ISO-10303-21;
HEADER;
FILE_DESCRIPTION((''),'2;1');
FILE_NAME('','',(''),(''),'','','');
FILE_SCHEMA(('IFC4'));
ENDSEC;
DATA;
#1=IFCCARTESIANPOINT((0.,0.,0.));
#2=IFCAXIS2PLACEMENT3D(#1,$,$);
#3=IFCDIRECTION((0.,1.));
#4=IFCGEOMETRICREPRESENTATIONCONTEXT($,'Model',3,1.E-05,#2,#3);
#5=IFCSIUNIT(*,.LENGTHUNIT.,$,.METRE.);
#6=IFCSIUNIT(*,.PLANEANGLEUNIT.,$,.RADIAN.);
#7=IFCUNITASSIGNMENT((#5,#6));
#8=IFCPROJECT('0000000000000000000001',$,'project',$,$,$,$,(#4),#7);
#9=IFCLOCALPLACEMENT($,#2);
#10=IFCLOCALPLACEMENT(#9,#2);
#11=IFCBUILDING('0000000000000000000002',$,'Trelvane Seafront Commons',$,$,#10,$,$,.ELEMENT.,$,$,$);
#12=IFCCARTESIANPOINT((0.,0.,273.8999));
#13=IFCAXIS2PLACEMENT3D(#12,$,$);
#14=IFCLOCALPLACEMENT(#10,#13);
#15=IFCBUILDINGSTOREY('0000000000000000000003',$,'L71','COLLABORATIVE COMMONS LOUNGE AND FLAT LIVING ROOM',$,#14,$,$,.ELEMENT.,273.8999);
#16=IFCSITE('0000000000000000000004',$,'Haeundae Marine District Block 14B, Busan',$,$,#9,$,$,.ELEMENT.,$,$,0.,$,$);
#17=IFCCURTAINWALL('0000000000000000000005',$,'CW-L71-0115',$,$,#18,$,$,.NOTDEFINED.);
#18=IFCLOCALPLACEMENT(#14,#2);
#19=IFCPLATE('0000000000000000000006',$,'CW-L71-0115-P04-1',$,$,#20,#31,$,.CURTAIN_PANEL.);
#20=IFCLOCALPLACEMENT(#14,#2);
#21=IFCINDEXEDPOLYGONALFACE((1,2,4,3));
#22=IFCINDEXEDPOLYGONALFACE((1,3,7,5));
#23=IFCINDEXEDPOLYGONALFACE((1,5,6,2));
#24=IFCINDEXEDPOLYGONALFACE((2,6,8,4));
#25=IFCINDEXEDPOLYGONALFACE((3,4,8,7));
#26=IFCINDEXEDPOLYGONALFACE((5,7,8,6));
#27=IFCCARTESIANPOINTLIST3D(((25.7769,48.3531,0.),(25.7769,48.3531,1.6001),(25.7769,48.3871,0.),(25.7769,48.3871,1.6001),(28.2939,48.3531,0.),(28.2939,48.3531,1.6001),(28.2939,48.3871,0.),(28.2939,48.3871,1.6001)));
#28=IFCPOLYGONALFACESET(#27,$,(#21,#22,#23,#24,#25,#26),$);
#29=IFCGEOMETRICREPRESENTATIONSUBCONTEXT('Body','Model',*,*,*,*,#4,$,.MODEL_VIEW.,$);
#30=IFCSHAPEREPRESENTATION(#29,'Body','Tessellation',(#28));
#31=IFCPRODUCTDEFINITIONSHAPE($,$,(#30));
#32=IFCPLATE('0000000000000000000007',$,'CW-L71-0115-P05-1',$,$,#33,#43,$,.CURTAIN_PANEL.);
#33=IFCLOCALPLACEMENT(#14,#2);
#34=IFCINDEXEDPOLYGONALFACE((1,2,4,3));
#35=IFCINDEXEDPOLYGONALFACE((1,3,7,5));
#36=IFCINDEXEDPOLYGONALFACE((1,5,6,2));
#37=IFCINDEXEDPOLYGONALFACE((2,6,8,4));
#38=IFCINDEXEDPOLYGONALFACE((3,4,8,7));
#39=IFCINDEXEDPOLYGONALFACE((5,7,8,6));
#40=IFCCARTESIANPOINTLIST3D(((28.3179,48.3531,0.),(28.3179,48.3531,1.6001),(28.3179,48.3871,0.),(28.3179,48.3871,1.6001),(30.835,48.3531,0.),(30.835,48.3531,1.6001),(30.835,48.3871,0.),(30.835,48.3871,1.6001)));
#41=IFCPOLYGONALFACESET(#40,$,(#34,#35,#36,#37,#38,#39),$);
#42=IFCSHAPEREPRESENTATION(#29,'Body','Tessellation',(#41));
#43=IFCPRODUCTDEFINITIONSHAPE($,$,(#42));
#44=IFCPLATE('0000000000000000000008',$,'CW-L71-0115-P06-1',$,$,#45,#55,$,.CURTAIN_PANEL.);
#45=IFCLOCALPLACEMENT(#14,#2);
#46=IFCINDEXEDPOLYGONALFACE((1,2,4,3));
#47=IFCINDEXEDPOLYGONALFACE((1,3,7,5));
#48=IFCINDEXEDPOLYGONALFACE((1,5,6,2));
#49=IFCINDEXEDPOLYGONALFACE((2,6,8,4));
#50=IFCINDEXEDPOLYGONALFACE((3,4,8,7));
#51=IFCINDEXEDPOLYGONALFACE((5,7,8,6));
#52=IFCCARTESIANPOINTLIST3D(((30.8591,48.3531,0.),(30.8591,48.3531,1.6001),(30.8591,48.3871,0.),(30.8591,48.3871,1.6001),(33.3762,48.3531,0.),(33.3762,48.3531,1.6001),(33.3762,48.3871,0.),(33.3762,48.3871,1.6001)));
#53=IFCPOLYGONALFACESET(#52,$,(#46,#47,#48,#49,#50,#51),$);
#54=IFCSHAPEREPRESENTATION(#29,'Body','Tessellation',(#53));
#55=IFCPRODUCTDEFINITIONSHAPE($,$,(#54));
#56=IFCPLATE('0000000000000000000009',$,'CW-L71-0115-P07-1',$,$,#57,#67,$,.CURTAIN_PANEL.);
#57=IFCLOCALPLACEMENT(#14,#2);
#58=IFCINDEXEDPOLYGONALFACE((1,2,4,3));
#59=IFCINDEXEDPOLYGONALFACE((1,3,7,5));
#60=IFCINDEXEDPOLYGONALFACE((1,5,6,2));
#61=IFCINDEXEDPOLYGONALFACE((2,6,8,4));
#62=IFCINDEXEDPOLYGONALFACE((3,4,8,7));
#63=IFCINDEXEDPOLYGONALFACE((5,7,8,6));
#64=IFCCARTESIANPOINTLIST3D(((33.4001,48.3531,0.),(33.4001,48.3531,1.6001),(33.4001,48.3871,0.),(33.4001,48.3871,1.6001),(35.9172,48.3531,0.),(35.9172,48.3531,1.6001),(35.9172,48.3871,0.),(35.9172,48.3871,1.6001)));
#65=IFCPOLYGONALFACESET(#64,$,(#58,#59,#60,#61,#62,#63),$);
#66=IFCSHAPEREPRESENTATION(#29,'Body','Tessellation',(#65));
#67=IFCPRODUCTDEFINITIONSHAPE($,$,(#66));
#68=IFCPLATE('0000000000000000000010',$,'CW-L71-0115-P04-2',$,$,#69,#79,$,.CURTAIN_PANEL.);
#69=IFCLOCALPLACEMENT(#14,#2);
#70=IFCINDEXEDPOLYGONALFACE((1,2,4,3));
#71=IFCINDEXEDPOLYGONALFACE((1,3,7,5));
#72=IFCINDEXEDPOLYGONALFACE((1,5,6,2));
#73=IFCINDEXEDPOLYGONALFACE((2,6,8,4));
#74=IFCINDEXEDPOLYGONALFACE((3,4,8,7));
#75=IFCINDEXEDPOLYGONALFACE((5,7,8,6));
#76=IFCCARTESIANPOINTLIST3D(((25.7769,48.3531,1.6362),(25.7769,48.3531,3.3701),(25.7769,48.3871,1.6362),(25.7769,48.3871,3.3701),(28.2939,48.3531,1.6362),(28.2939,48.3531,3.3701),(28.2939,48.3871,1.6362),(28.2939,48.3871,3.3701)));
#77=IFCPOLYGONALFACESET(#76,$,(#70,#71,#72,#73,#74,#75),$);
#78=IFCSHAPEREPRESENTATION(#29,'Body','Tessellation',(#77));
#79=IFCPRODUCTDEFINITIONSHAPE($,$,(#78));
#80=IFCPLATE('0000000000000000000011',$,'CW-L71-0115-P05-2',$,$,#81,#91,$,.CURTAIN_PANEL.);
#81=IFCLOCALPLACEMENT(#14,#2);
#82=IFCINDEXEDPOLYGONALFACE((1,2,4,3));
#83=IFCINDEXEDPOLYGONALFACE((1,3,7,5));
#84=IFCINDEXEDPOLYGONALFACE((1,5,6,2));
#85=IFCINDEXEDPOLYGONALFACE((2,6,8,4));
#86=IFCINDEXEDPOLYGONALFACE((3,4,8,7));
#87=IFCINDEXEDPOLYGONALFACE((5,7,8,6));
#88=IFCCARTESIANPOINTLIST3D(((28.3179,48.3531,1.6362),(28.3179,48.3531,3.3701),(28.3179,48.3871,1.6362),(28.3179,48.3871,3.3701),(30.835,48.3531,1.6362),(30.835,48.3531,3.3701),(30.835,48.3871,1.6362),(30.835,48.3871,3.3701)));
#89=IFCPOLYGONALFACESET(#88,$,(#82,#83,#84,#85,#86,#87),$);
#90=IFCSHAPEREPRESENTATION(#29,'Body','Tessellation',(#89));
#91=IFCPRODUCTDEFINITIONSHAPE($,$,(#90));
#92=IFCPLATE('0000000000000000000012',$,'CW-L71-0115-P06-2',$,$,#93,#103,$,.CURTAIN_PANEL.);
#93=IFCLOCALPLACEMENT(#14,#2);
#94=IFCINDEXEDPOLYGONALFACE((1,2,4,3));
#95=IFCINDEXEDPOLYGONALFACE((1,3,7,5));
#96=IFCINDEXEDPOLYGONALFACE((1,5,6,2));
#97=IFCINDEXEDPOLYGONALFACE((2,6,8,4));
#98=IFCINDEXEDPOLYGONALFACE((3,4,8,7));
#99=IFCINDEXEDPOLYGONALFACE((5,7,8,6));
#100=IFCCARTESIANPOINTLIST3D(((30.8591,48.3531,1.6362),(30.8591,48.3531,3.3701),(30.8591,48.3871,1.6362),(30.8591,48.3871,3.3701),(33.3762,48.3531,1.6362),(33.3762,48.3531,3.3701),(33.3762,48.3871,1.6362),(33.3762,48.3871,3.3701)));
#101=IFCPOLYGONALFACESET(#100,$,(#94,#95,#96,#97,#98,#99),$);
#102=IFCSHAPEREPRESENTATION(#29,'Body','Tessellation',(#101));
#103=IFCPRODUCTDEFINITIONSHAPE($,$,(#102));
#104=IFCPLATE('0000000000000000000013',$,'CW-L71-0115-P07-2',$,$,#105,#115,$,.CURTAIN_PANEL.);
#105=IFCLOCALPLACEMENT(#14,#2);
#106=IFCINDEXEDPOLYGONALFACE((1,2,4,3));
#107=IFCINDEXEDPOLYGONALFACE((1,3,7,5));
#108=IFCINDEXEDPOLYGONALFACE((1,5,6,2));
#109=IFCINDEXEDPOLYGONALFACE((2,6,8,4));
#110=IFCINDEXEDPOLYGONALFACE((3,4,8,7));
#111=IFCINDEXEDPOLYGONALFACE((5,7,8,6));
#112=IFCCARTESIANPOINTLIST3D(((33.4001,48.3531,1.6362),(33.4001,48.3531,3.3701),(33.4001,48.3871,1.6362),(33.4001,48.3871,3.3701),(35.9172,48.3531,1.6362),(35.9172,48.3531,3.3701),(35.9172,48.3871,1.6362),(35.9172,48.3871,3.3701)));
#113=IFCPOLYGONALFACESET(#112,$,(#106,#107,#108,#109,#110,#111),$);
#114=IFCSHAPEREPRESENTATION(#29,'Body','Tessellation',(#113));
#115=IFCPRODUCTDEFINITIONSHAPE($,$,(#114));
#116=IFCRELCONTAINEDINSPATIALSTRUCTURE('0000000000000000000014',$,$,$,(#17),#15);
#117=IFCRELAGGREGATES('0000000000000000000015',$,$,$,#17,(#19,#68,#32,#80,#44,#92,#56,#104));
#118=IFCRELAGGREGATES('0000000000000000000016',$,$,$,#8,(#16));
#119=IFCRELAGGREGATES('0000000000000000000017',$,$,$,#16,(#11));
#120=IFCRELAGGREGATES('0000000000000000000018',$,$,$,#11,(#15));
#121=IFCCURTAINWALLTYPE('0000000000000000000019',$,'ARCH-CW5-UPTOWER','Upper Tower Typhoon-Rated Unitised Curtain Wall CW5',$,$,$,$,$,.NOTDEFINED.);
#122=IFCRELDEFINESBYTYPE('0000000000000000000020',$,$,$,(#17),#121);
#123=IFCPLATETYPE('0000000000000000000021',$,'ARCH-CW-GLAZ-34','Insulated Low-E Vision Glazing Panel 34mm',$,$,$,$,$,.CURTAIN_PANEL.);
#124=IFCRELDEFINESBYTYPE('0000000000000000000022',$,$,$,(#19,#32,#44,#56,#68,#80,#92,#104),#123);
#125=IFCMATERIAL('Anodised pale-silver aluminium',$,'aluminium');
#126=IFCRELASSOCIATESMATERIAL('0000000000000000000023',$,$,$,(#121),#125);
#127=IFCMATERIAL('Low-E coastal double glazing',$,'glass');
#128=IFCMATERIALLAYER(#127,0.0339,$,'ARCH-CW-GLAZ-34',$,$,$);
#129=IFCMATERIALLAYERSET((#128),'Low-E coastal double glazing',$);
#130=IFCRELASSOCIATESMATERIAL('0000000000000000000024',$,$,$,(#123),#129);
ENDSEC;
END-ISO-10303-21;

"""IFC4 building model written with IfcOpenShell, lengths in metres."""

from ifc_helpers import new_model, si_unit, direction, frame, origin, origin_2d, place, context, subcontext, project, spatial, rectangle, extrude, source, transform, mapped, material, layer, layer_set, type_object, element, aggregate, save


model = new_model("IFC4")

# Units and contexts
model_context = context("Model", 3, precision=1e-05, world=origin(), true_north=direction((0.0, 1.0)))
body_context = subcontext(model_context, "Body", "Model", "MODEL_VIEW")
ifc_project = project(units=[si_unit("LENGTHUNIT", "METRE"), si_unit("PLANEANGLEUNIT", "RADIAN")], contexts=[model_context])

# Site, building, storey
site_placement = place(None, origin())
site = spatial("IfcSite", under=ifc_project, at=site_placement, Name="Haeundae Marine District Block 14B, Busan", CompositionType="ELEMENT", RefElevation=0.0)
building_placement = place(site_placement, origin())
building = spatial("IfcBuilding", under=site, at=building_placement, Name="Trelvane Seafront Commons", CompositionType="ELEMENT")
storey_placement = place(building_placement, frame((0.0, 0.0, 273.8999)))
storey = spatial("IfcBuildingStorey", under=building, at=storey_placement, Name="L71", Description="COLLABORATIVE COMMONS LOUNGE AND FLAT LIVING ROOM", CompositionType="ELEMENT", Elevation=273.8999)

# Curtain wall
ifc_material_1 = material(Name="Anodised pale-silver aluminium", Category="aluminium")
curtain_wall_type = type_object("IfcCurtainWallType", Name="ARCH-CW5-UPTOWER", Description="Upper Tower Typhoon-Rated Unitised Curtain Wall CW5", PredefinedType="NOTDEFINED", material=ifc_material_1)
curtain_wall_placement = place(storey_placement, origin())
curtain_wall = element("IfcCurtainWall", 1, at=curtain_wall_placement, inside=storey, type_object=curtain_wall_type, Name="CW-L71-0115", PredefinedType="NOTDEFINED")

# Plates
ifc_material_2 = material(Name="Low-E coastal double glazing", Category="glass")
ifc_layer_1 = layer(ifc_material_2, 0.0339, Name="ARCH-CW-GLAZ-34")
ifc_layer_set_1 = layer_set([ifc_layer_1], Name="Low-E coastal double glazing")
plate_type_1 = type_object("IfcPlateType", Name="ARCH-CW-GLAZ-34", Description="Insulated Low-E Vision Glazing Panel 34mm", PredefinedType="CURTAIN_PANEL", material=ifc_layer_set_1)
shared_shape_1 = source(origin(), body_context, "Body", "SweptSolid", [
    extrude(rectangle(XDim=2.5171, YDim=0.0339, at=origin_2d()), origin(), (0.0, 0.0, 1.0), 1.6001),
])
plate_1_placement = place(storey_placement, frame((27.0354, 48.3701, 0.0), z_axis=(0.0, 0.0, 1.0), x_axis=(1.0, 0.0, 0.0)))
plate_1 = element("IfcPlate", 2, at=plate_1_placement, type_object=plate_type_1, Name="CW-L71-0115-P04-1", PredefinedType="CURTAIN_PANEL", context=body_context, shape_type="MappedRepresentation", body=[
    mapped(shared_shape_1, transform((0.0, 0.0, 0.0), x_axis=(1.0, 0.0, 0.0), y_axis=(0.0, 1.0, 0.0), z_axis=(0.0, 0.0, 1.0), scale=1.0)),
])
plate_2_placement = place(storey_placement, frame((29.5764, 48.3701, 0.0), z_axis=(0.0, 0.0, 1.0), x_axis=(1.0, 0.0, 0.0)))
plate_2 = element("IfcPlate", 3, at=plate_2_placement, type_object=plate_type_1, Name="CW-L71-0115-P05-1", PredefinedType="CURTAIN_PANEL", context=body_context, shape_type="MappedRepresentation", body=[
    mapped(shared_shape_1, transform((0.0, 0.0, 0.0), x_axis=(1.0, 0.0, 0.0), y_axis=(0.0, 1.0, 0.0), z_axis=(0.0, 0.0, 1.0), scale=1.0)),
])
plate_3_placement = place(storey_placement, frame((32.1177, 48.3701, 0.0), z_axis=(0.0, 0.0, 1.0), x_axis=(1.0, 0.0, 0.0)))
plate_3 = element("IfcPlate", 4, at=plate_3_placement, type_object=plate_type_1, Name="CW-L71-0115-P06-1", PredefinedType="CURTAIN_PANEL", context=body_context, shape_type="MappedRepresentation", body=[
    mapped(shared_shape_1, transform((0.0, 0.0, 0.0), x_axis=(1.0, 0.0, 0.0), y_axis=(0.0, 1.0, 0.0), z_axis=(0.0, 0.0, 1.0), scale=1.0)),
])
plate_4_placement = place(storey_placement, frame((34.6587, 48.3701, 0.0), z_axis=(0.0, 0.0, 1.0), x_axis=(1.0, 0.0, 0.0)))
plate_4 = element("IfcPlate", 5, at=plate_4_placement, type_object=plate_type_1, Name="CW-L71-0115-P07-1", PredefinedType="CURTAIN_PANEL", context=body_context, shape_type="MappedRepresentation", body=[
    mapped(shared_shape_1, transform((0.0, 0.0, 0.0), x_axis=(1.0, 0.0, 0.0), y_axis=(0.0, 1.0, 0.0), z_axis=(0.0, 0.0, 1.0), scale=1.0)),
])
shared_shape_2 = source(origin(), body_context, "Body", "SweptSolid", [
    extrude(rectangle(XDim=2.5171, YDim=0.0339, at=origin_2d()), origin(), (0.0, 0.0, 1.0), 1.7339),
])
plate_5_placement = place(storey_placement, frame((27.0354, 48.3701, 1.6362), z_axis=(0.0, 0.0, 1.0), x_axis=(1.0, 0.0, 0.0)))
plate_5 = element("IfcPlate", 6, at=plate_5_placement, type_object=plate_type_1, Name="CW-L71-0115-P04-2", PredefinedType="CURTAIN_PANEL", context=body_context, shape_type="MappedRepresentation", body=[
    mapped(shared_shape_2, transform((0.0, 0.0, 0.0), x_axis=(1.0, 0.0, 0.0), y_axis=(0.0, 1.0, 0.0), z_axis=(0.0, 0.0, 1.0), scale=1.0)),
])
plate_6_placement = place(storey_placement, frame((29.5764, 48.3701, 1.6362), z_axis=(0.0, 0.0, 1.0), x_axis=(1.0, 0.0, 0.0)))
plate_6 = element("IfcPlate", 7, at=plate_6_placement, type_object=plate_type_1, Name="CW-L71-0115-P05-2", PredefinedType="CURTAIN_PANEL", context=body_context, shape_type="MappedRepresentation", body=[
    mapped(shared_shape_2, transform((0.0, 0.0, 0.0), x_axis=(1.0, 0.0, 0.0), y_axis=(0.0, 1.0, 0.0), z_axis=(0.0, 0.0, 1.0), scale=1.0)),
])
plate_7_placement = place(storey_placement, frame((32.1177, 48.3701, 1.6362), z_axis=(0.0, 0.0, 1.0), x_axis=(1.0, 0.0, 0.0)))
plate_7 = element("IfcPlate", 8, at=plate_7_placement, type_object=plate_type_1, Name="CW-L71-0115-P06-2", PredefinedType="CURTAIN_PANEL", context=body_context, shape_type="MappedRepresentation", body=[
    mapped(shared_shape_2, transform((0.0, 0.0, 0.0), x_axis=(1.0, 0.0, 0.0), y_axis=(0.0, 1.0, 0.0), z_axis=(0.0, 0.0, 1.0), scale=1.0)),
])
plate_8_placement = place(storey_placement, frame((34.6587, 48.3701, 1.6362), z_axis=(0.0, 0.0, 1.0), x_axis=(1.0, 0.0, 0.0)))
plate_8 = element("IfcPlate", 9, at=plate_8_placement, type_object=plate_type_1, Name="CW-L71-0115-P07-2", PredefinedType="CURTAIN_PANEL", context=body_context, shape_type="MappedRepresentation", body=[
    mapped(shared_shape_2, transform((0.0, 0.0, 0.0), x_axis=(1.0, 0.0, 0.0), y_axis=(0.0, 1.0, 0.0), z_axis=(0.0, 0.0, 1.0), scale=1.0)),
])
aggregate(curtain_wall, [plate_1, plate_5, plate_2, plate_6, plate_3, plate_7, plate_4, plate_8])

save(model, "model.ifc")
